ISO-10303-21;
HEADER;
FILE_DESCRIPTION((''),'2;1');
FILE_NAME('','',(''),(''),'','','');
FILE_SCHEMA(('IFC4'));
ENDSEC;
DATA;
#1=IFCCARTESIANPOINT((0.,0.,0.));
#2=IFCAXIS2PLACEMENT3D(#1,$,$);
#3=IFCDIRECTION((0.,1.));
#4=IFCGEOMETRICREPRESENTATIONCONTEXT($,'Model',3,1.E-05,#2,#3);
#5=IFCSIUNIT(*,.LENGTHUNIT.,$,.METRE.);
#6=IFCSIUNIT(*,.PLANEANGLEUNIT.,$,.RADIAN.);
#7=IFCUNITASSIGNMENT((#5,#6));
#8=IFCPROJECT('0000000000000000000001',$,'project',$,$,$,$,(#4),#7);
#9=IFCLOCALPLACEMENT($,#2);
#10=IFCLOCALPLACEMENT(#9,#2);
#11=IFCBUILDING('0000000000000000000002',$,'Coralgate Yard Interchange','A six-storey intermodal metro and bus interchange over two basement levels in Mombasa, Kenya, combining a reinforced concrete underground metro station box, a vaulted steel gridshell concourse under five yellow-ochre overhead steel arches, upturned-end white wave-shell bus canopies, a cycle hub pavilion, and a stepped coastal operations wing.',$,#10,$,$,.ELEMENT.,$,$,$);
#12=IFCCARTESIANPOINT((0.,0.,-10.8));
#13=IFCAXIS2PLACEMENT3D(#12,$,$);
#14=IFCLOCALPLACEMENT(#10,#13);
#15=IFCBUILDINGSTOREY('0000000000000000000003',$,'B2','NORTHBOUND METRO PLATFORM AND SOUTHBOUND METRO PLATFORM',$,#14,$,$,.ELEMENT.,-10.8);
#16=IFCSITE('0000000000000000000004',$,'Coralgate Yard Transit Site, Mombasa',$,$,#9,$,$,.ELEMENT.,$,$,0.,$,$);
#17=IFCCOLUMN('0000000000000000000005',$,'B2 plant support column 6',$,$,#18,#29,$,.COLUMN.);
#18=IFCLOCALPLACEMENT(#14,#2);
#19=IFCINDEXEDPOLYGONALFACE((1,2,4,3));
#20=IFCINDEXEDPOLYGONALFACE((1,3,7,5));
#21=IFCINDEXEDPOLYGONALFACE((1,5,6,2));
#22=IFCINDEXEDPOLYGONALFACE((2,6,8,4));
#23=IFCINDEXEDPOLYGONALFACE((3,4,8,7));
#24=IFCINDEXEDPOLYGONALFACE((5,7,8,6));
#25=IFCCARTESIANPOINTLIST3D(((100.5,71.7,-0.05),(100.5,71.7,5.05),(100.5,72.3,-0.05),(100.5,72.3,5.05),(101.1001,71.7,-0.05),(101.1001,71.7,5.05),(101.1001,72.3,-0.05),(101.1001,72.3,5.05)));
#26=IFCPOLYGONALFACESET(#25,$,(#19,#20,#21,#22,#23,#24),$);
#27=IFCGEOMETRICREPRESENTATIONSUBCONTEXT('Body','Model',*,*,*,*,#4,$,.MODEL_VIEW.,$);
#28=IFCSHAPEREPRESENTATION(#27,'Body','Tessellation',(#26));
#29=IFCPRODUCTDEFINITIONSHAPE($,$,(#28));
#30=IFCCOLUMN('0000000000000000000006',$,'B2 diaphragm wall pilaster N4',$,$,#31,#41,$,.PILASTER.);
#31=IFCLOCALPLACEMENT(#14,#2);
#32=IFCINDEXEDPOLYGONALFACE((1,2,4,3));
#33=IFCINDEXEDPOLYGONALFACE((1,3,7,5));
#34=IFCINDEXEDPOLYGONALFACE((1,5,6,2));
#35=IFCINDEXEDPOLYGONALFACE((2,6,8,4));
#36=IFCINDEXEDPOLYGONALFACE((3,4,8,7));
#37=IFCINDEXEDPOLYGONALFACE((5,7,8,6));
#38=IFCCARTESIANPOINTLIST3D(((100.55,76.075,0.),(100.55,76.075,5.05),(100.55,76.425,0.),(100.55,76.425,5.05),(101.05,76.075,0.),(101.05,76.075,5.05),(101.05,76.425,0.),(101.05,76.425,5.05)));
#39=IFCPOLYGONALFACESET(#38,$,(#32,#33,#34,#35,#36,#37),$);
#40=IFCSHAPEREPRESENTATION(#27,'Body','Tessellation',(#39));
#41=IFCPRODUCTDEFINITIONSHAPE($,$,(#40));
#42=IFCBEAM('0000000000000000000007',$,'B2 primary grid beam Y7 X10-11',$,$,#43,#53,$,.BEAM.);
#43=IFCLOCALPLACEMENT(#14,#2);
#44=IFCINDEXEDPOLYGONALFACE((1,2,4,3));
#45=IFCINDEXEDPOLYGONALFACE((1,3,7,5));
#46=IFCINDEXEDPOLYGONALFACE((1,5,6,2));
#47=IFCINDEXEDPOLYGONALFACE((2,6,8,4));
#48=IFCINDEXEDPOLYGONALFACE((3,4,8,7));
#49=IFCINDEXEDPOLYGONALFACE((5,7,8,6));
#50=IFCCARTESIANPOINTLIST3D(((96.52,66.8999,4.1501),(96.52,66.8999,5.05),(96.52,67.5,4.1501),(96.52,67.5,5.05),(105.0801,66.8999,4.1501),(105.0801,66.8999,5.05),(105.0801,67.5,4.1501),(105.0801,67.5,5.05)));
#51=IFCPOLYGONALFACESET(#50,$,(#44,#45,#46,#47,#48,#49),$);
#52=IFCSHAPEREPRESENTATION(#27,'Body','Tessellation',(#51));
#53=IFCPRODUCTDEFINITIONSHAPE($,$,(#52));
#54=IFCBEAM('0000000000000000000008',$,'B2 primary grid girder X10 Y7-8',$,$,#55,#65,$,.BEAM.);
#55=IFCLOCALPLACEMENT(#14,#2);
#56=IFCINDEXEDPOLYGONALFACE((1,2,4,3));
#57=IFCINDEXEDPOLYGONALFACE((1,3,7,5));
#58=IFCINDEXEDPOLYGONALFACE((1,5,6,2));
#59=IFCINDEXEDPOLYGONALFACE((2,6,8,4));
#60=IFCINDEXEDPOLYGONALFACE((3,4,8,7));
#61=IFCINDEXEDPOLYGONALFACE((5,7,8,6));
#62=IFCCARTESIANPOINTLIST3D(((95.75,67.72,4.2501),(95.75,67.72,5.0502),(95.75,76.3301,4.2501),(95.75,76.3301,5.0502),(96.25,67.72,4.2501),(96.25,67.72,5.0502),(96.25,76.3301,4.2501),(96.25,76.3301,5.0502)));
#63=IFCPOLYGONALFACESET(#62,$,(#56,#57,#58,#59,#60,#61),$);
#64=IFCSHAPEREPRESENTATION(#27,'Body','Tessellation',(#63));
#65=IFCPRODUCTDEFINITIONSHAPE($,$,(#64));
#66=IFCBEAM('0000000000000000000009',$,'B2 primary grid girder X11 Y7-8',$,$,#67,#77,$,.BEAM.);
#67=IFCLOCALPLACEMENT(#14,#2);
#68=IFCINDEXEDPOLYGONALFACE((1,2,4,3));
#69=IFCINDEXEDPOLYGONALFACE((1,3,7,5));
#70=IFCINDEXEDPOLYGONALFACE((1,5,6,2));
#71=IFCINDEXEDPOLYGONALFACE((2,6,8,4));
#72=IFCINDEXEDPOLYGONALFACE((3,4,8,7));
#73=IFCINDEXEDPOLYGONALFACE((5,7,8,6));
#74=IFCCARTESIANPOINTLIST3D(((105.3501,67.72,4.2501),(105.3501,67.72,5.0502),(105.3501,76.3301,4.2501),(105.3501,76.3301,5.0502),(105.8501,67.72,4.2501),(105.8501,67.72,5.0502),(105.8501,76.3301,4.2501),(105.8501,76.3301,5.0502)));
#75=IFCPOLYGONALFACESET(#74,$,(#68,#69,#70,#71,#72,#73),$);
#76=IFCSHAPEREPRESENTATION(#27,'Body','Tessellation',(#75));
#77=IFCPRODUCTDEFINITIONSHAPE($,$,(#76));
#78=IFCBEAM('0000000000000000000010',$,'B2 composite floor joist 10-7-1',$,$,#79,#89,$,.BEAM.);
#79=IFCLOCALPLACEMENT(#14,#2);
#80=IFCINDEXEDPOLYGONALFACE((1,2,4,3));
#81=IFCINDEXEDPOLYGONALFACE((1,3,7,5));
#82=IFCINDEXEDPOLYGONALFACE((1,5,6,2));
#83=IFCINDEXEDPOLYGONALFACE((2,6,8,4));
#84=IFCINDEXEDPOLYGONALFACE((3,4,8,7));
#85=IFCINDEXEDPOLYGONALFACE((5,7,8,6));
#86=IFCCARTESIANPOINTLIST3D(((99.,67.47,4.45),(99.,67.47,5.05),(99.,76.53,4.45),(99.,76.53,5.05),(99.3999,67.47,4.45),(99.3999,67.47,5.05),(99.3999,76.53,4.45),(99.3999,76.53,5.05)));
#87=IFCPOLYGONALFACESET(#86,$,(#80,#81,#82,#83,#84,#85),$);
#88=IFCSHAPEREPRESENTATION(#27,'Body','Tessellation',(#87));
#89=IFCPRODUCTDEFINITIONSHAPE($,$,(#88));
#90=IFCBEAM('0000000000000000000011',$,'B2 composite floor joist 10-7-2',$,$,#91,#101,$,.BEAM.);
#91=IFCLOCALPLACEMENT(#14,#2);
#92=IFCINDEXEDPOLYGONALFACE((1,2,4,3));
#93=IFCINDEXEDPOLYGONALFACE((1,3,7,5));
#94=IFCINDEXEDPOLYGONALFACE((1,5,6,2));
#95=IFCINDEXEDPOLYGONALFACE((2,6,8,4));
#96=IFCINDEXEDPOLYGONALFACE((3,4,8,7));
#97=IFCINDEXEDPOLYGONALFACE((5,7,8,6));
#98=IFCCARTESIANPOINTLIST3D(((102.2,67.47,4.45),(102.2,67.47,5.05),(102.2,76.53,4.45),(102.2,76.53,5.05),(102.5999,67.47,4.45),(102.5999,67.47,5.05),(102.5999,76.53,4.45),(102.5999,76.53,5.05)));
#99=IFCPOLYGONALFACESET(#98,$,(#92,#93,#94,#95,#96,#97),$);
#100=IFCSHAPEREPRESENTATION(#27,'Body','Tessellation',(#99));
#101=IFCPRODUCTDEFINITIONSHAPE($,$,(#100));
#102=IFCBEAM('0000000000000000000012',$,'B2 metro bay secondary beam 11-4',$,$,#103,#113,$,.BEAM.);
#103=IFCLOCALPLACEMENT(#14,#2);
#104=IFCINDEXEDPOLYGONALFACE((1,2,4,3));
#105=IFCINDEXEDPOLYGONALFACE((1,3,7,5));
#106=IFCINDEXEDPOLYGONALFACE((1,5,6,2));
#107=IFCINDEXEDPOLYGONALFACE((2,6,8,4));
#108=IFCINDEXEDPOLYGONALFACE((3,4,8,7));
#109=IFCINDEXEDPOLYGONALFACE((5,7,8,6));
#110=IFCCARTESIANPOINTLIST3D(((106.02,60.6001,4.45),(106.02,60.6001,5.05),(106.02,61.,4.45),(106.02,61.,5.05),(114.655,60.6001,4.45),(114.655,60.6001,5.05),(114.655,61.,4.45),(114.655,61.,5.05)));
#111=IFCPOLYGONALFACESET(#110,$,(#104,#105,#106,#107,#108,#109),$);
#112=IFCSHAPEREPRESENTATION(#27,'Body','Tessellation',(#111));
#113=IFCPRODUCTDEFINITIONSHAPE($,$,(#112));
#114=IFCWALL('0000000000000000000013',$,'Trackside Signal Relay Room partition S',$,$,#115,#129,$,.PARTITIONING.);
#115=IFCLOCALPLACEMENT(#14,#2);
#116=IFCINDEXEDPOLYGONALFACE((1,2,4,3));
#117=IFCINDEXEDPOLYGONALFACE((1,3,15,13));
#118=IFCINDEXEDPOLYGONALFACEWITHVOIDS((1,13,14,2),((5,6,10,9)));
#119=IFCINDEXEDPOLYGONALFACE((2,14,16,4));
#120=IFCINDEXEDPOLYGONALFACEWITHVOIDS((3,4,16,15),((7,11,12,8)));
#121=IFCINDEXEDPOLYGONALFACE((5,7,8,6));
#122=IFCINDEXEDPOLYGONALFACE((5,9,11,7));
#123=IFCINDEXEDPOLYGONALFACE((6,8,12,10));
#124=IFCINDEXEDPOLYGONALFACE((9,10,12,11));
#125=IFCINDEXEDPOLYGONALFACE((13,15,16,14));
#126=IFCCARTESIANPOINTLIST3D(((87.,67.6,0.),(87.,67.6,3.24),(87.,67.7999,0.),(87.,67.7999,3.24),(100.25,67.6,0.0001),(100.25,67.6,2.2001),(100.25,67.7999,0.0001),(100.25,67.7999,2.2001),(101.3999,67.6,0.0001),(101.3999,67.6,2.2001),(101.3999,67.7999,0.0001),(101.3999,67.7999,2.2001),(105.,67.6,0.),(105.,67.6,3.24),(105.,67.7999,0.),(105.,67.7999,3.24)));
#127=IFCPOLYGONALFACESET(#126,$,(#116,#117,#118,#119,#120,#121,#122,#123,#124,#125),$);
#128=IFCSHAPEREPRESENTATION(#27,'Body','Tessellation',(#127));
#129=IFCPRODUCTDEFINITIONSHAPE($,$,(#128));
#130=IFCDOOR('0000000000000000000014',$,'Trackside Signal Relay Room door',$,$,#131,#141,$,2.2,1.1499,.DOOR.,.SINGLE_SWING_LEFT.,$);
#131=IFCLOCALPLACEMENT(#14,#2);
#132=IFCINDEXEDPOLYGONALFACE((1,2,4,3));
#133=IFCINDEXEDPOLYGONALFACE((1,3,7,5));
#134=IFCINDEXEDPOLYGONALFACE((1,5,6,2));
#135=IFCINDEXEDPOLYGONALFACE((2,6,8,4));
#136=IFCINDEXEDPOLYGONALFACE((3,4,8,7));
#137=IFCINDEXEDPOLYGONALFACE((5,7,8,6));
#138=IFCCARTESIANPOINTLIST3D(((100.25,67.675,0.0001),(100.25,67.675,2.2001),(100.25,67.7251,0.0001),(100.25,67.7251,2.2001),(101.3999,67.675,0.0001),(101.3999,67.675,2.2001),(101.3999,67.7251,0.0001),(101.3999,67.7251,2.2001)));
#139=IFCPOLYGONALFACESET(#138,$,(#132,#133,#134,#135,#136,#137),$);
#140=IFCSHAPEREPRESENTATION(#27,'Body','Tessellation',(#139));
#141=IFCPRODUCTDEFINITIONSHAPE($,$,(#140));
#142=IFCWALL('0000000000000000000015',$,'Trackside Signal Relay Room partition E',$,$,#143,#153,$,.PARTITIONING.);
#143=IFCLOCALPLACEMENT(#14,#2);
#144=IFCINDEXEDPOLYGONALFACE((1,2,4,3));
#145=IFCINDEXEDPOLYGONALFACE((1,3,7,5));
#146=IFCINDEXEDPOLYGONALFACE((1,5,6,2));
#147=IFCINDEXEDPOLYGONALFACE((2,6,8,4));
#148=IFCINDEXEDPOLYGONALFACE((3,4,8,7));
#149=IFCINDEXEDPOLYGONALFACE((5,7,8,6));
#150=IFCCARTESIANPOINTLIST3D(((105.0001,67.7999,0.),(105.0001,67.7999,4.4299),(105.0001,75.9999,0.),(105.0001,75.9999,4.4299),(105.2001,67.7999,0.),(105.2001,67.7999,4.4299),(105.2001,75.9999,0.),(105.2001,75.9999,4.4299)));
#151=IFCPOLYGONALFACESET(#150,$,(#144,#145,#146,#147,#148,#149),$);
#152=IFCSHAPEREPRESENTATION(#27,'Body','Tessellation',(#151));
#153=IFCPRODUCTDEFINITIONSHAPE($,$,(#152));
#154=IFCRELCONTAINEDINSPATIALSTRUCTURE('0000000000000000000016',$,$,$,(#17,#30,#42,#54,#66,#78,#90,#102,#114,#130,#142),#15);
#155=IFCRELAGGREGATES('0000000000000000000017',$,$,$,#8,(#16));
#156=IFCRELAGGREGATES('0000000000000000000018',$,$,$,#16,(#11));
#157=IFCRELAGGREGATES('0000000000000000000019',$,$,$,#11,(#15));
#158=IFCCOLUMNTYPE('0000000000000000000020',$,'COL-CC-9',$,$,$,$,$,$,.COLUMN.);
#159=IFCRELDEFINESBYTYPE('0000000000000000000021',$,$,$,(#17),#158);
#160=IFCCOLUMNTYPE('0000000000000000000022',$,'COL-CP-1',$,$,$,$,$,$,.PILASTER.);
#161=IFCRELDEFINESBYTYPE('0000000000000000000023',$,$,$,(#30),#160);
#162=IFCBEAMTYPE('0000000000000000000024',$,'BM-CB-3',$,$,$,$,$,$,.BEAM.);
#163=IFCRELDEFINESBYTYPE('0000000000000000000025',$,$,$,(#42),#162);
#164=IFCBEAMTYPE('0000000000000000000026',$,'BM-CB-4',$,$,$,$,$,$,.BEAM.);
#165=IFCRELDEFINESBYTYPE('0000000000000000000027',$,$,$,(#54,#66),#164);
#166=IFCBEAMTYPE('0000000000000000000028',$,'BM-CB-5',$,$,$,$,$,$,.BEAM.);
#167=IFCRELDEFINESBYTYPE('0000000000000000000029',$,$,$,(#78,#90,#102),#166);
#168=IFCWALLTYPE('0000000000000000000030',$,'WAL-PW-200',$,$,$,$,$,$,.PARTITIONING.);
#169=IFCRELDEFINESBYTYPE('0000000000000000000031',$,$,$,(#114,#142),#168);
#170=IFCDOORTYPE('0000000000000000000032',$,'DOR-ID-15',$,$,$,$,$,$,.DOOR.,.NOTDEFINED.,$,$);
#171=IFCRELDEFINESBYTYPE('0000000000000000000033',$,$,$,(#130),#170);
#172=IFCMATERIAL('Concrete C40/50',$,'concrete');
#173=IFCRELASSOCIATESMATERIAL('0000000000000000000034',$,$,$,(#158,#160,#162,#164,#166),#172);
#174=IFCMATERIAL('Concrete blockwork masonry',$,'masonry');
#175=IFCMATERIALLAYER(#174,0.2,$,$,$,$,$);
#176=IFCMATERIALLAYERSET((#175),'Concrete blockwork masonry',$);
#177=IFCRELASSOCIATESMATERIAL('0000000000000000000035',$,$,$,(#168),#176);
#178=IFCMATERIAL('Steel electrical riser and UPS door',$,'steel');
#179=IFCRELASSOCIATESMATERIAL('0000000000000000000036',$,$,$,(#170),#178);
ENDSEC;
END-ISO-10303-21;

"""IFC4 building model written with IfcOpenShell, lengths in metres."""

from ifc_helpers import new_model, si_unit, direction, frame, frame_2d, origin, origin_2d, place, context, subcontext, project, spatial, rectangle, extrude, material, layer, layer_set, material_profile, profile_set, type_object, element, fill, save


model = new_model("IFC4")

# Units and contexts
model_context = context("Model", 3, precision=1e-05, world=origin(), true_north=direction((0.0, 1.0)))
body_context = subcontext(model_context, "Body", "Model", "MODEL_VIEW")
ifc_project = project(units=[si_unit("LENGTHUNIT", "METRE"), si_unit("PLANEANGLEUNIT", "RADIAN")], contexts=[model_context])

# Site, building, storey
site_placement = place(None, origin())
site = spatial("IfcSite", under=ifc_project, at=site_placement, Name="Coralgate Yard Transit Site, Mombasa", CompositionType="ELEMENT", RefElevation=0.0)
building_placement = place(site_placement, origin())
building = spatial("IfcBuilding", under=site, at=building_placement, Name="Coralgate Yard Interchange", Description="A six-storey intermodal metro and bus interchange over two basement levels in Mombasa, Kenya, combining a reinforced concrete underground metro station box, a vaulted steel gridshell concourse under five yellow-ochre overhead steel arches, upturned-end white wave-shell bus canopies, a cycle hub pavilion, and a stepped coastal operations wing.", CompositionType="ELEMENT")
storey_placement = place(building_placement, frame((0.0, 0.0, -10.8)))
storey = spatial("IfcBuildingStorey", under=building, at=storey_placement, Name="B2", Description="NORTHBOUND METRO PLATFORM AND SOUTHBOUND METRO PLATFORM", CompositionType="ELEMENT", Elevation=-10.8)

# Shared definitions
ifc_material_1 = material(Name="Concrete C40/50", Category="concrete")

# Columns
ifc_material_profile_1 = material_profile(ifc_material_1, rectangle(XDim=0.6001, YDim=0.6001, at=origin_2d()), Name="RC 600x600")
ifc_profile_set_1 = profile_set([ifc_material_profile_1], Name="Concrete C40/50")
column_type_1 = type_object("IfcColumnType", Name="COL-CC-9", PredefinedType="COLUMN", material=ifc_profile_set_1)
column_1_placement = place(storey_placement, frame((100.8, 72.0, -0.05), z_axis=(0.0, 0.0, 1.0), x_axis=(1.0, 0.0, 0.0)))
element("IfcColumn", 1, at=column_1_placement, inside=storey, type_object=column_type_1, Name="B2 plant support column 6", PredefinedType="COLUMN", context=body_context, shape_type="SweptSolid", body=[
    extrude(rectangle(XDim=0.6001, YDim=0.6001, at=origin_2d()), origin(), (0.0, 0.0, 1.0), 5.1001),
])
ifc_material_profile_2 = material_profile(ifc_material_1, rectangle(XDim=0.5, YDim=0.3501, at=origin_2d()), Name="RC 500x350")
ifc_profile_set_2 = profile_set([ifc_material_profile_2], Name="Concrete C40/50")
column_type_2 = type_object("IfcColumnType", Name="COL-CP-1", PredefinedType="PILASTER", material=ifc_profile_set_2)
column_2_placement = place(storey_placement, frame((100.8, 76.25, 0.0), z_axis=(0.0, 0.0, 1.0), x_axis=(1.0, 0.0, 0.0)))
element("IfcColumn", 2, at=column_2_placement, inside=storey, type_object=column_type_2, Name="B2 diaphragm wall pilaster N4", PredefinedType="PILASTER", context=body_context, shape_type="SweptSolid", body=[
    extrude(rectangle(XDim=0.5, YDim=0.3501, at=origin_2d()), origin(), (0.0, 0.0, 1.0), 5.05),
])

# Beams
ifc_material_profile_3 = material_profile(ifc_material_1, rectangle(XDim=0.6001, YDim=0.8999, at=origin_2d()), Name="RC 600x900")
ifc_profile_set_3 = profile_set([ifc_material_profile_3], Name="Concrete C40/50")
beam_type_1 = type_object("IfcBeamType", Name="BM-CB-3", PredefinedType="BEAM", material=ifc_profile_set_3)
beam_1_placement = place(storey_placement, frame((96.52, 67.2, 4.6001), z_axis=(1.0, 0.0, 0.0), x_axis=(0.0, 1.0, 0.0)))
element("IfcBeam", 3, at=beam_1_placement, inside=storey, type_object=beam_type_1, Name="B2 primary grid beam Y7 X10-11", PredefinedType="BEAM", context=body_context, shape_type="SweptSolid", body=[
    extrude(rectangle(XDim=0.6001, YDim=0.8999, at=origin_2d()), origin(), (0.0, 0.0, 1.0), 8.5601),
])
ifc_material_profile_4 = material_profile(ifc_material_1, rectangle(XDim=0.5, YDim=0.8, at=origin_2d()), Name="RC 500x800")
ifc_profile_set_4 = profile_set([ifc_material_profile_4], Name="Concrete C40/50")
beam_type_2 = type_object("IfcBeamType", Name="BM-CB-4", PredefinedType="BEAM", material=ifc_profile_set_4)
for number, where, z_axis, x_axis, name in (
    (4, (96.0, 67.72, 4.6501), (0.0, 1.0, 0.0), (-1.0, 0.0, 0.0), "B2 primary grid girder X10 Y7-8"),
    (5, (105.6001, 67.72, 4.6501), (0.0, 1.0, 0.0), (-1.0, 0.0, 0.0), "B2 primary grid girder X11 Y7-8"),
):
    element("IfcBeam", number, at=place(storey_placement, frame(where, z_axis=z_axis, x_axis=x_axis)), inside=storey, type_object=beam_type_2, Name=name, PredefinedType="BEAM", context=body_context, shape_type="SweptSolid", body=[
        extrude(rectangle(XDim=0.5, YDim=0.8, at=origin_2d()), origin(), (0.0, 0.0, 1.0), 8.6101),
    ])
ifc_material_profile_5 = material_profile(ifc_material_1, rectangle(XDim=0.3999, YDim=0.6001, at=origin_2d()), Name="RC 400x600")
ifc_profile_set_5 = profile_set([ifc_material_profile_5], Name="Concrete C40/50")
beam_type_3 = type_object("IfcBeamType", Name="BM-CB-5", PredefinedType="BEAM", material=ifc_profile_set_5)
for number, where, z_axis, x_axis, name in (
    (6, (99.2, 67.47, 4.75), (0.0, 1.0, 0.0), (-1.0, 0.0, 0.0), "B2 composite floor joist 10-7-1"),
    (7, (102.3999, 67.47, 4.75), (0.0, 1.0, 0.0), (-1.0, 0.0, 0.0), "B2 composite floor joist 10-7-2"),
):
    element("IfcBeam", number, at=place(storey_placement, frame(where, z_axis=z_axis, x_axis=x_axis)), inside=storey, type_object=beam_type_3, Name=name, PredefinedType="BEAM", context=body_context, shape_type="SweptSolid", body=[
        extrude(rectangle(XDim=0.3999, YDim=0.6001, at=origin_2d()), origin(), (0.0, 0.0, 1.0), 9.0601),
    ])
beam_2_placement = place(storey_placement, frame((106.02, 60.8, 4.75), z_axis=(1.0, 0.0, 0.0), x_axis=(0.0, 1.0, 0.0)))
element("IfcBeam", 8, at=beam_2_placement, inside=storey, type_object=beam_type_3, Name="B2 metro bay secondary beam 11-4", PredefinedType="BEAM", context=body_context, shape_type="SweptSolid", body=[
    extrude(rectangle(XDim=0.3999, YDim=0.6001, at=origin_2d()), origin(), (0.0, 0.0, 1.0), 8.635),
])

# Wall, opening, door
ifc_material_2 = material(Name="Concrete blockwork masonry", Category="masonry")
ifc_layer = layer(ifc_material_2, 0.2)
ifc_layer_set = layer_set([ifc_layer], Name="Concrete blockwork masonry")
wall_type = type_object("IfcWallType", Name="WAL-PW-200", PredefinedType="PARTITIONING", material=ifc_layer_set)
wall_1_placement = place(storey_placement, frame((105.0, 67.7, 0.0), z_axis=(0.0, 0.0, 1.0), x_axis=(-1.0, 0.0, 0.0)))
wall_1 = element("IfcWall", 9, at=wall_1_placement, inside=storey, type_object=wall_type, Name="Trackside Signal Relay Room partition S", PredefinedType="PARTITIONING", context=body_context, shape_type="SweptSolid", body=[
    extrude(rectangle(XDim=18.0, YDim=0.2, at=frame_2d((9.0, 0.0))), origin(), (0.0, 0.0, 1.0), 3.24),
])
opening_placement = place(wall_1_placement, frame((3.6001, 0.0, 0.0)))
opening = element("IfcOpeningElement", 10, at=opening_placement, cuts=wall_1, PredefinedType="OPENING", context=body_context, shape_type="SweptSolid", body=[
    extrude(rectangle(XDim=1.1499, YDim=2.2, at=frame_2d((0.575, 1.1001))), frame((0.0, 0.1099, 0.0), z_axis=(0.0, -1.0, 0.0), x_axis=(1.0, 0.0, 0.0)), (0.0, 0.0, 1.0), 0.22),
])
ifc_material_3 = material(Name="Steel electrical riser and UPS door", Category="steel")
door_type = type_object("IfcDoorType", Name="DOR-ID-15", OperationType="NOTDEFINED", PredefinedType="DOOR", material=ifc_material_3)
door_placement = place(opening_placement, origin())
door = element("IfcDoor", 11, at=door_placement, inside=storey, type_object=door_type, Name="Trackside Signal Relay Room door", OperationType="SINGLE_SWING_LEFT", OverallHeight=2.2, OverallWidth=1.1499, PredefinedType="DOOR", context=body_context, shape_type="SweptSolid", body=[
    extrude(rectangle(XDim=1.1499, YDim=2.2, at=frame_2d((0.575, 1.1001))), frame((0.0, 0.0249, 0.0), z_axis=(0.0, -1.0, 0.0), x_axis=(1.0, 0.0, 0.0)), (0.0, 0.0, 1.0), 0.05),
])
fill(opening, door)

# Wall
wall_2_placement = place(storey_placement, frame((105.1001, 76.0, 0.0), z_axis=(0.0, 0.0, 1.0), x_axis=(0.0, -1.0, 0.0)))
element("IfcWall", 12, at=wall_2_placement, inside=storey, type_object=wall_type, Name="Trackside Signal Relay Room partition E", PredefinedType="PARTITIONING", context=body_context, shape_type="SweptSolid", body=[
    extrude(rectangle(XDim=8.2, YDim=0.2, at=frame_2d((4.1001, 0.0))), origin(), (0.0, 0.0, 1.0), 4.4299),
])

save(model, "model.ifc")
